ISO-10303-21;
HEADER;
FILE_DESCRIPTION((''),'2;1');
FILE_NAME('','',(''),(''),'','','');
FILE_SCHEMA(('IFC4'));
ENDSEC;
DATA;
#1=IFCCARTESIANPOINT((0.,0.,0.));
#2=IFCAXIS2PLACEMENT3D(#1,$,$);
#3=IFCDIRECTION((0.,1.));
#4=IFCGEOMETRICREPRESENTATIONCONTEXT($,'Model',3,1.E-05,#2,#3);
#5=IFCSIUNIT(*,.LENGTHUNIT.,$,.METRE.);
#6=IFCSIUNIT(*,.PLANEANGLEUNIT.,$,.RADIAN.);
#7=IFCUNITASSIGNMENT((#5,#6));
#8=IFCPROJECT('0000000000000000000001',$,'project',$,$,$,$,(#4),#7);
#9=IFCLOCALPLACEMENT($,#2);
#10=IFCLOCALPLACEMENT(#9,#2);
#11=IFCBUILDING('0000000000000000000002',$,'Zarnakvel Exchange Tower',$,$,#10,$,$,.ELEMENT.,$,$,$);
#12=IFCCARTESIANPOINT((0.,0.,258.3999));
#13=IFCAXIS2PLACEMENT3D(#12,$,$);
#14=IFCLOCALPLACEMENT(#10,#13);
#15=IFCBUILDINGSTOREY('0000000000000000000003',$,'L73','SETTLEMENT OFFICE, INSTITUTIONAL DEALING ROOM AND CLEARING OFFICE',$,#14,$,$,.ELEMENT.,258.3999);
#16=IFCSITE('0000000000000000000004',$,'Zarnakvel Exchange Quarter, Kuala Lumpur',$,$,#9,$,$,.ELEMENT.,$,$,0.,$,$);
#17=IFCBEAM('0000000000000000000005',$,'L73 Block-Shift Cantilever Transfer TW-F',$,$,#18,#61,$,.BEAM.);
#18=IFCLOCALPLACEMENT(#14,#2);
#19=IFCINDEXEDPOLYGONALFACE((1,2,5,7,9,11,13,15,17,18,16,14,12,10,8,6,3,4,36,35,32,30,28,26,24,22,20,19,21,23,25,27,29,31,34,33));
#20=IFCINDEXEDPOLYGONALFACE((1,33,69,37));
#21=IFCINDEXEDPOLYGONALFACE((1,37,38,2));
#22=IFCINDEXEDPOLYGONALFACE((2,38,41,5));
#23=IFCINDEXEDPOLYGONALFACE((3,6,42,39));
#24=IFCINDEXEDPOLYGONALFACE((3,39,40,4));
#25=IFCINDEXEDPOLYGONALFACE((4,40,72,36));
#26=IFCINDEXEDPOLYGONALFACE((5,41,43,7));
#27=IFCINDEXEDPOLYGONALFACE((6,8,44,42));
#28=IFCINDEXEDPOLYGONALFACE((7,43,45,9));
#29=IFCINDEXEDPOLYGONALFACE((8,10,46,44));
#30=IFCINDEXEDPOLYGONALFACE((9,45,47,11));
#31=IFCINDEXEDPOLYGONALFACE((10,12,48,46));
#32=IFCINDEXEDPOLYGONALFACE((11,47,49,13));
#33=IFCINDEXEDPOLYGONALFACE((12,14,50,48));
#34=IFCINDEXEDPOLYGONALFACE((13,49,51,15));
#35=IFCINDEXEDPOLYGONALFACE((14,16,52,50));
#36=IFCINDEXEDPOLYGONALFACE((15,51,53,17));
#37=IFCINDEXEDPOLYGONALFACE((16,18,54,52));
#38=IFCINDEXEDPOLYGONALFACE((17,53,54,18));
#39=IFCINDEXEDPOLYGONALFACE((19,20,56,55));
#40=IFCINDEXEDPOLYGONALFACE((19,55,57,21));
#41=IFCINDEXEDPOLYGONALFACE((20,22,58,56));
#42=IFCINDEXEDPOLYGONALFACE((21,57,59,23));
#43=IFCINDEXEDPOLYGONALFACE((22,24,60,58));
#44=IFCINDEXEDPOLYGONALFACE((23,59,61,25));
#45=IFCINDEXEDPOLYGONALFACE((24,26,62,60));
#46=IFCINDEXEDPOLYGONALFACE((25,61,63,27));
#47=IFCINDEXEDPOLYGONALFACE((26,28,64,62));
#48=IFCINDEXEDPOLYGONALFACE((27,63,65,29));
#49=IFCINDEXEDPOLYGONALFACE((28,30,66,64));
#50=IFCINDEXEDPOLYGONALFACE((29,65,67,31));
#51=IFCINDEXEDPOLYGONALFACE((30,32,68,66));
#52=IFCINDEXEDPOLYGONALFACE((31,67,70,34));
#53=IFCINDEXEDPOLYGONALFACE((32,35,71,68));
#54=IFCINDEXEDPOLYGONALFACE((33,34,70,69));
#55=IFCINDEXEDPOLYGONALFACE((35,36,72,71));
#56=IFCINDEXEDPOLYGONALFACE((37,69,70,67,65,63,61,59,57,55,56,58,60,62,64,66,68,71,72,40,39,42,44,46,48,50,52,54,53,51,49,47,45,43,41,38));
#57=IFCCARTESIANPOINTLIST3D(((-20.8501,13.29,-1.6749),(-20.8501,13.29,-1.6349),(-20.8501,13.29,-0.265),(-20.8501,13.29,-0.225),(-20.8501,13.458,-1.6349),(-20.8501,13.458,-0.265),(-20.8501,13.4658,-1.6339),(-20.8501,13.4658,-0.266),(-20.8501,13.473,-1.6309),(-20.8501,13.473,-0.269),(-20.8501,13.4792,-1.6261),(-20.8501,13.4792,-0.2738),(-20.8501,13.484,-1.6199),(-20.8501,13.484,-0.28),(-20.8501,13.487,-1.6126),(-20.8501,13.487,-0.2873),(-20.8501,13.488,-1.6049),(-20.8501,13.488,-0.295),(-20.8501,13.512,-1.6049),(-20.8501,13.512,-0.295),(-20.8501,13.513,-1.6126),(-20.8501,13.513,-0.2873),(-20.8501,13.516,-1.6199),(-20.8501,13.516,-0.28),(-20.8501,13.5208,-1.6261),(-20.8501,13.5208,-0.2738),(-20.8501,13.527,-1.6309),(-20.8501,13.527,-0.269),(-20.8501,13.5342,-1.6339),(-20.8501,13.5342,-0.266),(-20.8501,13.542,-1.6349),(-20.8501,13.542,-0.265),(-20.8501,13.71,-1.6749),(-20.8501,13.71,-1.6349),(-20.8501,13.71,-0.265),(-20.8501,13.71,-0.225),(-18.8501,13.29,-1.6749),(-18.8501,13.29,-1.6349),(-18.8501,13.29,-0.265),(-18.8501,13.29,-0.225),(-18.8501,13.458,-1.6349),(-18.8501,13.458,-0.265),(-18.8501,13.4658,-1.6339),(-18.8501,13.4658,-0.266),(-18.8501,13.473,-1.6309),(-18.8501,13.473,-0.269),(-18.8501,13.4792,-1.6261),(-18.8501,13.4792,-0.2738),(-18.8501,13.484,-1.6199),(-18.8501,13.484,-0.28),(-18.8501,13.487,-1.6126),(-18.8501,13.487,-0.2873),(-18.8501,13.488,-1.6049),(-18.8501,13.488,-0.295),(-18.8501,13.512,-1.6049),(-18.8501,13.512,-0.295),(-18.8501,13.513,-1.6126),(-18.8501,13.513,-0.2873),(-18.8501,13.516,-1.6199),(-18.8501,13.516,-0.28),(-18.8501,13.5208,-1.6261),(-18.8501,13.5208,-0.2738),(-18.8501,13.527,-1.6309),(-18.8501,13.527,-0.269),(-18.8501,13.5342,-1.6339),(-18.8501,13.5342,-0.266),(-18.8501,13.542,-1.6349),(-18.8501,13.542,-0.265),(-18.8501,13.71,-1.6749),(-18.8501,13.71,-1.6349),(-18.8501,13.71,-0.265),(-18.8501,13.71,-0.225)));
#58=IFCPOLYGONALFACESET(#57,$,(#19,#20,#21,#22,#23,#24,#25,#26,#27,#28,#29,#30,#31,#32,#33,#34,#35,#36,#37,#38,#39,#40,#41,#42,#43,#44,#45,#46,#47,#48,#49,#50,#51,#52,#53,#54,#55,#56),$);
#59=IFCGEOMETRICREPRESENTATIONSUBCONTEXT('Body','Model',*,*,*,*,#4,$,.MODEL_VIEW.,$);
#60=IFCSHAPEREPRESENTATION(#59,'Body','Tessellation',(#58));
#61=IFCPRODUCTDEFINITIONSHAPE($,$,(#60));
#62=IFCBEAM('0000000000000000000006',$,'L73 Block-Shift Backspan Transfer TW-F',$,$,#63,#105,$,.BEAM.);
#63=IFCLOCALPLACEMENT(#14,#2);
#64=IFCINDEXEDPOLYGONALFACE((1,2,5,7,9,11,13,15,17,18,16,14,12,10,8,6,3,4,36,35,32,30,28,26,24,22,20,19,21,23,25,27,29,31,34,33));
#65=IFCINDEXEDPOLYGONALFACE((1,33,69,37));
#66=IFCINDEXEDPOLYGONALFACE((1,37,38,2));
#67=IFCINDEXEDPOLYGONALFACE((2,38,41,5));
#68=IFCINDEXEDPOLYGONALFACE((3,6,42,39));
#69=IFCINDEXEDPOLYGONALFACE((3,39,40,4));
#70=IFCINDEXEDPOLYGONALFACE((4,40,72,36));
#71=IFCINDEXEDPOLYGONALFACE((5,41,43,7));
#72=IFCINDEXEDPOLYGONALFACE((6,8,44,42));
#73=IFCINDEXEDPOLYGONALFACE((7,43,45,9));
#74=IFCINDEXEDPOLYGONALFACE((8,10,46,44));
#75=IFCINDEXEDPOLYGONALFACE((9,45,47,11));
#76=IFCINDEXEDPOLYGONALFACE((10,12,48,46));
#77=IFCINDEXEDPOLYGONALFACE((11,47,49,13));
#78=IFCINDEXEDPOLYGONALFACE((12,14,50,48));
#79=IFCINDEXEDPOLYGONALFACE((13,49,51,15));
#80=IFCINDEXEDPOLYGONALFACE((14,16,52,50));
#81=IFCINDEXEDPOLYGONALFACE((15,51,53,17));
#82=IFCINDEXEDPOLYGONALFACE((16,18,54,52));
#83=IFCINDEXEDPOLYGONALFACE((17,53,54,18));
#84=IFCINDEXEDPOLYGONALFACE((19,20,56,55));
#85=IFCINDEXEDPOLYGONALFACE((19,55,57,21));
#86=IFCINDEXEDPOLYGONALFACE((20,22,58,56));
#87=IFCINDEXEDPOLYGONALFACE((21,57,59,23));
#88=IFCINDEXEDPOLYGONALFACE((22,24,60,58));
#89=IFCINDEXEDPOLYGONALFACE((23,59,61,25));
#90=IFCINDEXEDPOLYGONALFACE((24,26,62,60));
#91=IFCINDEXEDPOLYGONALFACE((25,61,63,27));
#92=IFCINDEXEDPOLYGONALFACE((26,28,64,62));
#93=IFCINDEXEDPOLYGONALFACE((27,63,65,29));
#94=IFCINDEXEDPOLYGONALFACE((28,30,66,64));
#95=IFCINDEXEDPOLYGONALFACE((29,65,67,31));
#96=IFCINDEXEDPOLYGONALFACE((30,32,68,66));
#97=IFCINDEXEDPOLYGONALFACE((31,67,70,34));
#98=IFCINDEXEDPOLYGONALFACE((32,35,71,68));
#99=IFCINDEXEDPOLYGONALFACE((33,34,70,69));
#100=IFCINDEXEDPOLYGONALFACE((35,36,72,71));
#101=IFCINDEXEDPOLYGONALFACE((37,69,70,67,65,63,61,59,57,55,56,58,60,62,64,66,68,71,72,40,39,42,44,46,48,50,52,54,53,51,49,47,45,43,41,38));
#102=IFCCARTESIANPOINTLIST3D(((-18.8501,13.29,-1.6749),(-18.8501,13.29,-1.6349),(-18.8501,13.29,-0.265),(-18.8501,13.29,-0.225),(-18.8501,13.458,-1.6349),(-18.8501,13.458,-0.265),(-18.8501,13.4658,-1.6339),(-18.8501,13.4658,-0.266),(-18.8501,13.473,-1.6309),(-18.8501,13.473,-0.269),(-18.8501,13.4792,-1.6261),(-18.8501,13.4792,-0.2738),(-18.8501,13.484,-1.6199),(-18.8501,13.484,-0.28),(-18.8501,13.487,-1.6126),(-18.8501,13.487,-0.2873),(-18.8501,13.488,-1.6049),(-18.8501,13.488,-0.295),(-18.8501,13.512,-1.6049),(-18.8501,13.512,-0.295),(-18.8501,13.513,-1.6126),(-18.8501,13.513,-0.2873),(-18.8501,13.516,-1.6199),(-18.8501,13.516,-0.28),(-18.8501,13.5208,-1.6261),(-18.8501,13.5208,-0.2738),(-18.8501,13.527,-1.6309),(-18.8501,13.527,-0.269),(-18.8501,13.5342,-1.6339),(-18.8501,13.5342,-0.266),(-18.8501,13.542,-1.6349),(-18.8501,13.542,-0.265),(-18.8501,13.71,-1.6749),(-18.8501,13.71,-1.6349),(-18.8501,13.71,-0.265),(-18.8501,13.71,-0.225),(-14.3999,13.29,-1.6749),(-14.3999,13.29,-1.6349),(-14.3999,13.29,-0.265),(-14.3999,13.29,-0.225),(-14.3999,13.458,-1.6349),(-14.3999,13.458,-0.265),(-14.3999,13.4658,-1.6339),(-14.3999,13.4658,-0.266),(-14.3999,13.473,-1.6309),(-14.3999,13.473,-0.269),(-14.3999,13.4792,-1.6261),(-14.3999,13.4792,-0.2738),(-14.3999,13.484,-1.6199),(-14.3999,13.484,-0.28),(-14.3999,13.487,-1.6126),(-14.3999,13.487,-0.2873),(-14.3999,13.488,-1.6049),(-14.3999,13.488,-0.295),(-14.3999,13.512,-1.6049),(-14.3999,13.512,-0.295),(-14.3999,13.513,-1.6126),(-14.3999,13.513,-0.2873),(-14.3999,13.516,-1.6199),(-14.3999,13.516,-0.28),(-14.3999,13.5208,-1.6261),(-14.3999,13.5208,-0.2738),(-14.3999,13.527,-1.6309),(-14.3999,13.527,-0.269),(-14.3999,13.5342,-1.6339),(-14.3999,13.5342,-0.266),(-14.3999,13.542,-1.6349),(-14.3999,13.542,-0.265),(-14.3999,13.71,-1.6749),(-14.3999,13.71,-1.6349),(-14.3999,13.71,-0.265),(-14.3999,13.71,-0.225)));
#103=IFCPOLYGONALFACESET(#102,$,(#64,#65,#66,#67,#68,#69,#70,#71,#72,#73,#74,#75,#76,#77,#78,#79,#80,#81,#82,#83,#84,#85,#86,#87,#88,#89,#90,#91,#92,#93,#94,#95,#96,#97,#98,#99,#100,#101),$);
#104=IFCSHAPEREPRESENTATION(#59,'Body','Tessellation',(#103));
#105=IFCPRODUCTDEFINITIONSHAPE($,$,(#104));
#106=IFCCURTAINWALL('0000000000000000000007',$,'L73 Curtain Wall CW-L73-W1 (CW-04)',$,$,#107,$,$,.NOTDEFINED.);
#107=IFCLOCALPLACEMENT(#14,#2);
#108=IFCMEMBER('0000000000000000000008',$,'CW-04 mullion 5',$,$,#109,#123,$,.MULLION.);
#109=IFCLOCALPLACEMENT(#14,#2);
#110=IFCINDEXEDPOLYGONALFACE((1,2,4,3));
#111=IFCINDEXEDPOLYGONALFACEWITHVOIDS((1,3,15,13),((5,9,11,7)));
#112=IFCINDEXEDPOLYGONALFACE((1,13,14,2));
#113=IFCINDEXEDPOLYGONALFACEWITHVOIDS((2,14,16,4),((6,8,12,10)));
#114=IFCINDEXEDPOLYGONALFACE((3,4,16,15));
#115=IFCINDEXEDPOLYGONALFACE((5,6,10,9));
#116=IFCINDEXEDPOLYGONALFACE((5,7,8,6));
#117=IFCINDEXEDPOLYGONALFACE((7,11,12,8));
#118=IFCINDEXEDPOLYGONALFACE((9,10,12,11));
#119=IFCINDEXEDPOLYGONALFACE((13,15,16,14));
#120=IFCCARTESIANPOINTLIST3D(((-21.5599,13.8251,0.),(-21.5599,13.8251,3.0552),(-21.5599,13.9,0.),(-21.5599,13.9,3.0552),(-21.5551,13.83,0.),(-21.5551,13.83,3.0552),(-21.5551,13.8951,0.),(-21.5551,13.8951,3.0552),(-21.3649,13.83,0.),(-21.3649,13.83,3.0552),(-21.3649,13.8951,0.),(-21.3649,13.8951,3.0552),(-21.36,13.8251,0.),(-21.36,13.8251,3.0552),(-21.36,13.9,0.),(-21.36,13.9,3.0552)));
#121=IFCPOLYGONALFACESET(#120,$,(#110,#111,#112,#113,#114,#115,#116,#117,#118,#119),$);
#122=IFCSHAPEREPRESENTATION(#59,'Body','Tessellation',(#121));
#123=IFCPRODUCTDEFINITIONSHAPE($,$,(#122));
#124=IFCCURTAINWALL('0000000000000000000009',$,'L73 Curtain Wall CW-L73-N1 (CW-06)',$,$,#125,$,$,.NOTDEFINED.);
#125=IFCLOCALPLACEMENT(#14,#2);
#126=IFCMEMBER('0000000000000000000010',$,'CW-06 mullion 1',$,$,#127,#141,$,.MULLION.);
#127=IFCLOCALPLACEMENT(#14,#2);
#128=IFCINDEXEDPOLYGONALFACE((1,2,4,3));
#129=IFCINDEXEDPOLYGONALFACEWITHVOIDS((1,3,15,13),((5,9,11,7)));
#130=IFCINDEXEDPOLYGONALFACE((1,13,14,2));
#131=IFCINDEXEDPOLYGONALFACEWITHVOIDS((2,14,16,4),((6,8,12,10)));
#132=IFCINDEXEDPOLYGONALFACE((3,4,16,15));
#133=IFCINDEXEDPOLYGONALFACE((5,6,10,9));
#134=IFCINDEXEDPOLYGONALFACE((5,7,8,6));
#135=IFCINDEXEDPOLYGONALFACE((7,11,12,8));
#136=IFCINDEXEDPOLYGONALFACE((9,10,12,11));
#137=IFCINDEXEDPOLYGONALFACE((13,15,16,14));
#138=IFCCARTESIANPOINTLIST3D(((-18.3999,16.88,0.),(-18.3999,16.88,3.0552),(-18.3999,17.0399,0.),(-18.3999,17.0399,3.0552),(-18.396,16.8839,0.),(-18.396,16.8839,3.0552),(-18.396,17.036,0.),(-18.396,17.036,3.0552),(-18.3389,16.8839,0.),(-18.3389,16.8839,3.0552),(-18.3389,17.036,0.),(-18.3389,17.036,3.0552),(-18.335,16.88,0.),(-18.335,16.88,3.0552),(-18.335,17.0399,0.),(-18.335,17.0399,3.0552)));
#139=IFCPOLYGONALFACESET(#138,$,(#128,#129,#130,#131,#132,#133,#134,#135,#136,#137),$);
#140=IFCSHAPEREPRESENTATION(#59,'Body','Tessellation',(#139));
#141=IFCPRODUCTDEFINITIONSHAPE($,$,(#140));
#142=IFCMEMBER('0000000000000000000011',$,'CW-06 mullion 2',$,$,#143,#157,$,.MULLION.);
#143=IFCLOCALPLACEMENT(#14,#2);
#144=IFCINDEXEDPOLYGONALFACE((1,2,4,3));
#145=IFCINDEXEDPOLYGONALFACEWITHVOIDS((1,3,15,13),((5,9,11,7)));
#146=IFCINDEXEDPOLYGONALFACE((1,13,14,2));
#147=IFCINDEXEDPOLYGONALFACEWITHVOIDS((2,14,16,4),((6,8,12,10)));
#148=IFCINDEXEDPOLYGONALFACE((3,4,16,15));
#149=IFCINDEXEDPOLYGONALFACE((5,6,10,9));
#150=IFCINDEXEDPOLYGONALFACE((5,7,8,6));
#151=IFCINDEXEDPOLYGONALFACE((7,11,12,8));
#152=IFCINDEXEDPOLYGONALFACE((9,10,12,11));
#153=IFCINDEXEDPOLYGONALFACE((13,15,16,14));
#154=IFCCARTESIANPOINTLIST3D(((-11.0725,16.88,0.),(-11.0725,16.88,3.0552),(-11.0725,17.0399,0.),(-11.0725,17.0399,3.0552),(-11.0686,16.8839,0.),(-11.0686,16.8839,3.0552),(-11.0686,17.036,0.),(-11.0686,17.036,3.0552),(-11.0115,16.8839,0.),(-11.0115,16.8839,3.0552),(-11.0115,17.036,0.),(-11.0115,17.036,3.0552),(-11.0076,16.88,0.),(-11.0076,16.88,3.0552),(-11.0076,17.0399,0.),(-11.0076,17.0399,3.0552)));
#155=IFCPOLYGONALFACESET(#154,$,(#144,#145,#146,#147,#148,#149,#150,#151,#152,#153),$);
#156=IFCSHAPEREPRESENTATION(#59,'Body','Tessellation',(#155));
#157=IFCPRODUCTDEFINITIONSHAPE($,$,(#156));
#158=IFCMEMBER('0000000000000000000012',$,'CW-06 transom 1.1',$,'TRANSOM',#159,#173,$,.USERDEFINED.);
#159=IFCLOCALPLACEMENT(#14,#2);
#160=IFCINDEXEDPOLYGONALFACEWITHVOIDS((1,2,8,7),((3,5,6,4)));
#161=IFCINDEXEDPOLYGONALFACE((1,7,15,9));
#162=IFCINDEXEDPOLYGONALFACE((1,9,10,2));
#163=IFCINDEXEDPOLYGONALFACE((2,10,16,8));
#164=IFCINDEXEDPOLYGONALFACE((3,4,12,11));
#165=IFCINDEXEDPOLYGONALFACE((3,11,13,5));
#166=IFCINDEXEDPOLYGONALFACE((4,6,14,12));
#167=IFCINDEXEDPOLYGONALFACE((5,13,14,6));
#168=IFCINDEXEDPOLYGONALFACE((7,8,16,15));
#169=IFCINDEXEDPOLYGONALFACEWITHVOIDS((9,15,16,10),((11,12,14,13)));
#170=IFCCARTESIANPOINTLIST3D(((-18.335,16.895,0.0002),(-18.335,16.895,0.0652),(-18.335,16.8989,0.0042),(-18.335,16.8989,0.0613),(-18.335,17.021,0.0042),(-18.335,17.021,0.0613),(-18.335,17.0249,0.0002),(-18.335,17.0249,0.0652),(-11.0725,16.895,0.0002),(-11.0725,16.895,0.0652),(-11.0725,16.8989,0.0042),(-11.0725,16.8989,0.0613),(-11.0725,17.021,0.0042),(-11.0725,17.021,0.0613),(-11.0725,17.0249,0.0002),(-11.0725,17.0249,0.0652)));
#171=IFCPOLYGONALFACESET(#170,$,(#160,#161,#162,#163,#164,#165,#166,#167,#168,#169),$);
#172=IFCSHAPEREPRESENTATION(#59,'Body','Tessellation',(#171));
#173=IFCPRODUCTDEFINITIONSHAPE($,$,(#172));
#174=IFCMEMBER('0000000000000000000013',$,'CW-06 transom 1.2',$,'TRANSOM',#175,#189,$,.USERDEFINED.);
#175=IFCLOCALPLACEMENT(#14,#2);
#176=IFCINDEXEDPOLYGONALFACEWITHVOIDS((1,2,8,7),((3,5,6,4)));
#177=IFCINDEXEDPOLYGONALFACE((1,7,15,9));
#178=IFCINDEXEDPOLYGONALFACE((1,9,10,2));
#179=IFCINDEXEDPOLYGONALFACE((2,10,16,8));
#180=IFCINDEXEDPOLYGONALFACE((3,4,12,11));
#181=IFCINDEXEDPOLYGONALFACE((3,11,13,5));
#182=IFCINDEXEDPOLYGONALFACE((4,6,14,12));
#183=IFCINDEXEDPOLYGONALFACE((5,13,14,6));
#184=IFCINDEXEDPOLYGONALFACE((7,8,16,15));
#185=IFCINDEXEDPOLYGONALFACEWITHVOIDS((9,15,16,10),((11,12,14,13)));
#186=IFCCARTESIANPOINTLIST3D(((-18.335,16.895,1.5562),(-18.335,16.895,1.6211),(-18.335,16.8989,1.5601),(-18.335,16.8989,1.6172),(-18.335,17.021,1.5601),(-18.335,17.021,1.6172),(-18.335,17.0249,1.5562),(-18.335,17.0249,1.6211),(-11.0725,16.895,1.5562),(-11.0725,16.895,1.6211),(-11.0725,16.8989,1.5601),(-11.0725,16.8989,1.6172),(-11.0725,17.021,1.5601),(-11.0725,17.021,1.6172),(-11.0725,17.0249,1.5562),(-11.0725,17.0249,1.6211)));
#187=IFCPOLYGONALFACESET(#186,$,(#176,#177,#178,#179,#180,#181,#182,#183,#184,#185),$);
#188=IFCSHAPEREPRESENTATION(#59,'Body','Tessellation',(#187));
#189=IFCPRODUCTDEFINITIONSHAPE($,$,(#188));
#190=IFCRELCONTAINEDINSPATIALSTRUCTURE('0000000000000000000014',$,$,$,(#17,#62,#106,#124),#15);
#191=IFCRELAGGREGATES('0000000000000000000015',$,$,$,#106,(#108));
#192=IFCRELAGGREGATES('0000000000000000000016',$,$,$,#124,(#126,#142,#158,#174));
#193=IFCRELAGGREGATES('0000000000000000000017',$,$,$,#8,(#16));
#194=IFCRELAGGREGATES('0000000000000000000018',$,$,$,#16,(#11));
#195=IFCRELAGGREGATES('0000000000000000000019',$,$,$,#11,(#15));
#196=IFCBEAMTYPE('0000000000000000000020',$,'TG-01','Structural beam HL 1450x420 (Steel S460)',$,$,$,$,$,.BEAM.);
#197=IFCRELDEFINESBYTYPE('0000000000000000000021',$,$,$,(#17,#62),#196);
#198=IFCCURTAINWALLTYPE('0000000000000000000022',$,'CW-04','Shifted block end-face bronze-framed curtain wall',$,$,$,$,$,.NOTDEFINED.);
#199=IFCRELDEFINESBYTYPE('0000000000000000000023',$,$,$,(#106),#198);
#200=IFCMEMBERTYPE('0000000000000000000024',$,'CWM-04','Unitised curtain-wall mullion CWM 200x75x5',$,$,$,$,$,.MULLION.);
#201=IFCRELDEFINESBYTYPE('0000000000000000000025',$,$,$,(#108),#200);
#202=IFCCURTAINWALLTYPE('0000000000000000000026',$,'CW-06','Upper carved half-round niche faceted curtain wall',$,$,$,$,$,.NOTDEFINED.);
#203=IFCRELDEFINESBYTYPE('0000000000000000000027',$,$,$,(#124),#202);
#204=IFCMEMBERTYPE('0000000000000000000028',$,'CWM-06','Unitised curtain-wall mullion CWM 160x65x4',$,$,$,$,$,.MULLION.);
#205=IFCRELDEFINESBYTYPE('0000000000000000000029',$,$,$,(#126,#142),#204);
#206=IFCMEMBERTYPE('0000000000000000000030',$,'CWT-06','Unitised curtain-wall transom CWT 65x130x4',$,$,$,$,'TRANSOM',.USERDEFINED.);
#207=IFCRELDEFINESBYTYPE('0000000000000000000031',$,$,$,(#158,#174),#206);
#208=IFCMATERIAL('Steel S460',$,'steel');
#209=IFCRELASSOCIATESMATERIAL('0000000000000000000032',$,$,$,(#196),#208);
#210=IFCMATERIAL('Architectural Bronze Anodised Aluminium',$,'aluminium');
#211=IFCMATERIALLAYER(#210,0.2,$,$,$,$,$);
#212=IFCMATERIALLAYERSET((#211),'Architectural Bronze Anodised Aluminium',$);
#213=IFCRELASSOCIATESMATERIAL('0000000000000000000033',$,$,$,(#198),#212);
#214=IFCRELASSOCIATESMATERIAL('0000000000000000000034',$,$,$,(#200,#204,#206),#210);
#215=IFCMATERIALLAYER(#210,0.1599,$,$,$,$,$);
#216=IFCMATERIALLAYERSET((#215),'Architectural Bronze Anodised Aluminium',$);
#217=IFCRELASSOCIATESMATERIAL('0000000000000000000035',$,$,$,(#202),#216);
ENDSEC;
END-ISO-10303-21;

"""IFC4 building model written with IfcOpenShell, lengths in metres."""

from ifc_helpers import new_model, si_unit, direction, frame, origin, origin_2d, place, context, subcontext, project, spatial, hollow_rectangle, i_section, extrude, source, transform, mapped, material, layer, layer_set, material_profile, profile_set, type_object, element, aggregate, save


model = new_model("IFC4")

# Units and contexts
model_context = context("Model", 3, precision=1e-05, world=origin(), true_north=direction((0.0, 1.0)))
body_context = subcontext(model_context, "Body", "Model", "MODEL_VIEW")
ifc_project = project(units=[si_unit("LENGTHUNIT", "METRE"), si_unit("PLANEANGLEUNIT", "RADIAN")], contexts=[model_context])

# Site, building, storey
site_placement = place(None, origin())
site = spatial("IfcSite", under=ifc_project, at=site_placement, Name="Zarnakvel Exchange Quarter, Kuala Lumpur", CompositionType="ELEMENT", RefElevation=0.0)
building_placement = place(site_placement, origin())
building = spatial("IfcBuilding", under=site, at=building_placement, Name="Zarnakvel Exchange Tower", CompositionType="ELEMENT")
storey_placement = place(building_placement, frame((0.0, 0.0, 258.3999)))
storey = spatial("IfcBuildingStorey", under=building, at=storey_placement, Name="L73", Description="SETTLEMENT OFFICE, INSTITUTIONAL DEALING ROOM AND CLEARING OFFICE", CompositionType="ELEMENT", Elevation=258.3999)

# Beams
ifc_material_1 = material(Name="Steel S460", Category="steel")
ifc_material_profile_1 = material_profile(ifc_material_1, i_section(OverallWidth=0.4199, OverallDepth=1.45, WebThickness=0.0239, FlangeThickness=0.04, FilletRadius=0.03, at=origin_2d()))
ifc_profile_set_1 = profile_set([ifc_material_profile_1], Name="Steel S460")
beam_type_1 = type_object("IfcBeamType", Name="TG-01", Description="Structural beam HL 1450x420 (Steel S460)", PredefinedType="BEAM", material=ifc_profile_set_1)
beam_1_placement = place(storey_placement, frame((-20.8501, 13.5, -0.95), z_axis=(1.0, 0.0, 0.0), x_axis=(0.0, 1.0, 0.0)))
element("IfcBeam", 1, at=beam_1_placement, inside=storey, type_object=beam_type_1, Name="L73 Block-Shift Cantilever Transfer TW-F", PredefinedType="BEAM", context=body_context, shape_type="SweptSolid", body=[
    extrude(i_section(OverallWidth=0.4199, OverallDepth=1.45, WebThickness=0.0239, FlangeThickness=0.04, FilletRadius=0.03, at=origin_2d()), origin(), (0.0, 0.0, 1.0), 2.0),
])
beam_2_placement = place(storey_placement, frame((-18.8501, 13.5, -0.95), z_axis=(1.0, 0.0, 0.0), x_axis=(0.0, 1.0, 0.0)))
element("IfcBeam", 2, at=beam_2_placement, inside=storey, type_object=beam_type_1, Name="L73 Block-Shift Backspan Transfer TW-F", PredefinedType="BEAM", context=body_context, shape_type="SweptSolid", body=[
    extrude(i_section(OverallWidth=0.4199, OverallDepth=1.45, WebThickness=0.0239, FlangeThickness=0.04, FilletRadius=0.03, at=origin_2d()), origin(), (0.0, 0.0, 1.0), 4.4502),
])

# Curtain wall, member
ifc_material_2 = material(Name="Architectural Bronze Anodised Aluminium", Category="aluminium")
ifc_layer_1 = layer(ifc_material_2, 0.2)
ifc_layer_set_1 = layer_set([ifc_layer_1], Name="Architectural Bronze Anodised Aluminium")
curtain_wall_type_1 = type_object("IfcCurtainWallType", Name="CW-04", Description="Shifted block end-face bronze-framed curtain wall", PredefinedType="NOTDEFINED", material=ifc_layer_set_1)
curtain_wall_1_placement = place(storey_placement, origin())
curtain_wall_1 = element("IfcCurtainWall", 3, at=curtain_wall_1_placement, inside=storey, type_object=curtain_wall_type_1, Name="L73 Curtain Wall CW-L73-W1 (CW-04)", PredefinedType="NOTDEFINED")
ifc_material_profile_2 = material_profile(ifc_material_2, hollow_rectangle(XDim=0.2, YDim=0.075, WallThickness=0.0049, at=origin_2d()))
ifc_profile_set_2 = profile_set([ifc_material_profile_2], Name="Architectural Bronze Anodised Aluminium")
member_type_1 = type_object("IfcMemberType", Name="CWM-04", Description="Unitised curtain-wall mullion CWM 200x75x5", PredefinedType="MULLION", material=ifc_profile_set_2)
shared_shape_1 = source(origin(), body_context, "Body", "SweptSolid", [
    extrude(hollow_rectangle(XDim=0.2, YDim=0.075, WallThickness=0.0049, at=origin_2d()), origin(), (0.0, 0.0, 1.0), 3.0552),
])
member_1_placement = place(storey_placement, frame((-21.46, 13.8625, 0.0), z_axis=(0.0, 0.0, 1.0), x_axis=(-1.0, 0.0, 0.0)))
member_1 = element("IfcMember", 4, at=member_1_placement, type_object=member_type_1, Name="CW-04 mullion 5", PredefinedType="MULLION", context=body_context, shape_type="MappedRepresentation", body=[
    mapped(shared_shape_1, transform((0.0, 0.0, 0.0), x_axis=(1.0, 0.0, 0.0), y_axis=(0.0, 1.0, 0.0), z_axis=(0.0, 0.0, 1.0), scale=1.0)),
])
aggregate(curtain_wall_1, [member_1])

# Curtain wall, members
ifc_layer_2 = layer(ifc_material_2, 0.1599)
ifc_layer_set_2 = layer_set([ifc_layer_2], Name="Architectural Bronze Anodised Aluminium")
curtain_wall_type_2 = type_object("IfcCurtainWallType", Name="CW-06", Description="Upper carved half-round niche faceted curtain wall", PredefinedType="NOTDEFINED", material=ifc_layer_set_2)
curtain_wall_2_placement = place(storey_placement, origin())
curtain_wall_2 = element("IfcCurtainWall", 5, at=curtain_wall_2_placement, inside=storey, type_object=curtain_wall_type_2, Name="L73 Curtain Wall CW-L73-N1 (CW-06)", PredefinedType="NOTDEFINED")
ifc_material_profile_3 = material_profile(ifc_material_2, hollow_rectangle(XDim=0.1599, YDim=0.0649, WallThickness=0.0039, at=origin_2d()))
ifc_profile_set_3 = profile_set([ifc_material_profile_3], Name="Architectural Bronze Anodised Aluminium")
member_type_2 = type_object("IfcMemberType", Name="CWM-06", Description="Unitised curtain-wall mullion CWM 160x65x4", PredefinedType="MULLION", material=ifc_profile_set_3)
shared_shape_2 = source(origin(), body_context, "Body", "SweptSolid", [
    extrude(hollow_rectangle(XDim=0.1599, YDim=0.0649, WallThickness=0.0039, at=origin_2d()), origin(), (0.0, 0.0, 1.0), 3.0552),
])
member_2_placement = place(storey_placement, frame((-18.3674, 16.96, 0.0), z_axis=(0.0, 0.0, 1.0), x_axis=(0.0, 1.0, 0.0)))
member_2 = element("IfcMember", 6, at=member_2_placement, type_object=member_type_2, Name="CW-06 mullion 1", PredefinedType="MULLION", context=body_context, shape_type="MappedRepresentation", body=[
    mapped(shared_shape_2, transform((0.0, 0.0, 0.0), x_axis=(1.0, 0.0, 0.0), y_axis=(0.0, 1.0, 0.0), z_axis=(0.0, 0.0, 1.0), scale=1.0)),
])
member_3_placement = place(storey_placement, frame((-11.04, 16.96, 0.0), z_axis=(0.0, 0.0, 1.0), x_axis=(0.0, 1.0, 0.0)))
member_3 = element("IfcMember", 7, at=member_3_placement, type_object=member_type_2, Name="CW-06 mullion 2", PredefinedType="MULLION", context=body_context, shape_type="MappedRepresentation", body=[
    mapped(shared_shape_2, transform((0.0, 0.0, 0.0), x_axis=(1.0, 0.0, 0.0), y_axis=(0.0, 1.0, 0.0), z_axis=(0.0, 0.0, 1.0), scale=1.0)),
])
ifc_material_profile_4 = material_profile(ifc_material_2, hollow_rectangle(XDim=0.1299, YDim=0.0649, WallThickness=0.0039, at=origin_2d()))
ifc_profile_set_4 = profile_set([ifc_material_profile_4], Name="Architectural Bronze Anodised Aluminium")
member_type_3 = type_object("IfcMemberType", Name="CWT-06", Description="Unitised curtain-wall transom CWT 65x130x4", ElementType="TRANSOM", PredefinedType="USERDEFINED", material=ifc_profile_set_4)
shared_shape_3 = source(origin(), body_context, "Body", "SweptSolid", [
    extrude(hollow_rectangle(XDim=0.1299, YDim=0.0649, WallThickness=0.0039, at=origin_2d()), origin(), (0.0, 0.0, 1.0), 7.2625),
])
member_4_placement = place(storey_placement, frame((-18.335, 16.96, 0.0327), z_axis=(1.0, 0.0, 0.0), x_axis=(0.0, 1.0, 0.0)))
member_4 = element("IfcMember", 8, at=member_4_placement, type_object=member_type_3, Name="CW-06 transom 1.1", ObjectType="TRANSOM", PredefinedType="USERDEFINED", context=body_context, shape_type="MappedRepresentation", body=[
    mapped(shared_shape_3, transform((0.0, 0.0, 0.0), x_axis=(1.0, 0.0, 0.0), y_axis=(0.0, 1.0, 0.0), z_axis=(0.0, 0.0, 1.0), scale=1.0)),
])
member_5_placement = place(storey_placement, frame((-18.335, 16.96, 1.5886), z_axis=(1.0, 0.0, 0.0), x_axis=(0.0, 1.0, 0.0)))
member_5 = element("IfcMember", 9, at=member_5_placement, type_object=member_type_3, Name="CW-06 transom 1.2", ObjectType="TRANSOM", PredefinedType="USERDEFINED", context=body_context, shape_type="MappedRepresentation", body=[
    mapped(shared_shape_3, transform((0.0, 0.0, 0.0), x_axis=(1.0, 0.0, 0.0), y_axis=(0.0, 1.0, 0.0), z_axis=(0.0, 0.0, 1.0), scale=1.0)),
])
aggregate(curtain_wall_2, [member_2, member_3, member_4, member_5])

save(model, "model.ifc")
